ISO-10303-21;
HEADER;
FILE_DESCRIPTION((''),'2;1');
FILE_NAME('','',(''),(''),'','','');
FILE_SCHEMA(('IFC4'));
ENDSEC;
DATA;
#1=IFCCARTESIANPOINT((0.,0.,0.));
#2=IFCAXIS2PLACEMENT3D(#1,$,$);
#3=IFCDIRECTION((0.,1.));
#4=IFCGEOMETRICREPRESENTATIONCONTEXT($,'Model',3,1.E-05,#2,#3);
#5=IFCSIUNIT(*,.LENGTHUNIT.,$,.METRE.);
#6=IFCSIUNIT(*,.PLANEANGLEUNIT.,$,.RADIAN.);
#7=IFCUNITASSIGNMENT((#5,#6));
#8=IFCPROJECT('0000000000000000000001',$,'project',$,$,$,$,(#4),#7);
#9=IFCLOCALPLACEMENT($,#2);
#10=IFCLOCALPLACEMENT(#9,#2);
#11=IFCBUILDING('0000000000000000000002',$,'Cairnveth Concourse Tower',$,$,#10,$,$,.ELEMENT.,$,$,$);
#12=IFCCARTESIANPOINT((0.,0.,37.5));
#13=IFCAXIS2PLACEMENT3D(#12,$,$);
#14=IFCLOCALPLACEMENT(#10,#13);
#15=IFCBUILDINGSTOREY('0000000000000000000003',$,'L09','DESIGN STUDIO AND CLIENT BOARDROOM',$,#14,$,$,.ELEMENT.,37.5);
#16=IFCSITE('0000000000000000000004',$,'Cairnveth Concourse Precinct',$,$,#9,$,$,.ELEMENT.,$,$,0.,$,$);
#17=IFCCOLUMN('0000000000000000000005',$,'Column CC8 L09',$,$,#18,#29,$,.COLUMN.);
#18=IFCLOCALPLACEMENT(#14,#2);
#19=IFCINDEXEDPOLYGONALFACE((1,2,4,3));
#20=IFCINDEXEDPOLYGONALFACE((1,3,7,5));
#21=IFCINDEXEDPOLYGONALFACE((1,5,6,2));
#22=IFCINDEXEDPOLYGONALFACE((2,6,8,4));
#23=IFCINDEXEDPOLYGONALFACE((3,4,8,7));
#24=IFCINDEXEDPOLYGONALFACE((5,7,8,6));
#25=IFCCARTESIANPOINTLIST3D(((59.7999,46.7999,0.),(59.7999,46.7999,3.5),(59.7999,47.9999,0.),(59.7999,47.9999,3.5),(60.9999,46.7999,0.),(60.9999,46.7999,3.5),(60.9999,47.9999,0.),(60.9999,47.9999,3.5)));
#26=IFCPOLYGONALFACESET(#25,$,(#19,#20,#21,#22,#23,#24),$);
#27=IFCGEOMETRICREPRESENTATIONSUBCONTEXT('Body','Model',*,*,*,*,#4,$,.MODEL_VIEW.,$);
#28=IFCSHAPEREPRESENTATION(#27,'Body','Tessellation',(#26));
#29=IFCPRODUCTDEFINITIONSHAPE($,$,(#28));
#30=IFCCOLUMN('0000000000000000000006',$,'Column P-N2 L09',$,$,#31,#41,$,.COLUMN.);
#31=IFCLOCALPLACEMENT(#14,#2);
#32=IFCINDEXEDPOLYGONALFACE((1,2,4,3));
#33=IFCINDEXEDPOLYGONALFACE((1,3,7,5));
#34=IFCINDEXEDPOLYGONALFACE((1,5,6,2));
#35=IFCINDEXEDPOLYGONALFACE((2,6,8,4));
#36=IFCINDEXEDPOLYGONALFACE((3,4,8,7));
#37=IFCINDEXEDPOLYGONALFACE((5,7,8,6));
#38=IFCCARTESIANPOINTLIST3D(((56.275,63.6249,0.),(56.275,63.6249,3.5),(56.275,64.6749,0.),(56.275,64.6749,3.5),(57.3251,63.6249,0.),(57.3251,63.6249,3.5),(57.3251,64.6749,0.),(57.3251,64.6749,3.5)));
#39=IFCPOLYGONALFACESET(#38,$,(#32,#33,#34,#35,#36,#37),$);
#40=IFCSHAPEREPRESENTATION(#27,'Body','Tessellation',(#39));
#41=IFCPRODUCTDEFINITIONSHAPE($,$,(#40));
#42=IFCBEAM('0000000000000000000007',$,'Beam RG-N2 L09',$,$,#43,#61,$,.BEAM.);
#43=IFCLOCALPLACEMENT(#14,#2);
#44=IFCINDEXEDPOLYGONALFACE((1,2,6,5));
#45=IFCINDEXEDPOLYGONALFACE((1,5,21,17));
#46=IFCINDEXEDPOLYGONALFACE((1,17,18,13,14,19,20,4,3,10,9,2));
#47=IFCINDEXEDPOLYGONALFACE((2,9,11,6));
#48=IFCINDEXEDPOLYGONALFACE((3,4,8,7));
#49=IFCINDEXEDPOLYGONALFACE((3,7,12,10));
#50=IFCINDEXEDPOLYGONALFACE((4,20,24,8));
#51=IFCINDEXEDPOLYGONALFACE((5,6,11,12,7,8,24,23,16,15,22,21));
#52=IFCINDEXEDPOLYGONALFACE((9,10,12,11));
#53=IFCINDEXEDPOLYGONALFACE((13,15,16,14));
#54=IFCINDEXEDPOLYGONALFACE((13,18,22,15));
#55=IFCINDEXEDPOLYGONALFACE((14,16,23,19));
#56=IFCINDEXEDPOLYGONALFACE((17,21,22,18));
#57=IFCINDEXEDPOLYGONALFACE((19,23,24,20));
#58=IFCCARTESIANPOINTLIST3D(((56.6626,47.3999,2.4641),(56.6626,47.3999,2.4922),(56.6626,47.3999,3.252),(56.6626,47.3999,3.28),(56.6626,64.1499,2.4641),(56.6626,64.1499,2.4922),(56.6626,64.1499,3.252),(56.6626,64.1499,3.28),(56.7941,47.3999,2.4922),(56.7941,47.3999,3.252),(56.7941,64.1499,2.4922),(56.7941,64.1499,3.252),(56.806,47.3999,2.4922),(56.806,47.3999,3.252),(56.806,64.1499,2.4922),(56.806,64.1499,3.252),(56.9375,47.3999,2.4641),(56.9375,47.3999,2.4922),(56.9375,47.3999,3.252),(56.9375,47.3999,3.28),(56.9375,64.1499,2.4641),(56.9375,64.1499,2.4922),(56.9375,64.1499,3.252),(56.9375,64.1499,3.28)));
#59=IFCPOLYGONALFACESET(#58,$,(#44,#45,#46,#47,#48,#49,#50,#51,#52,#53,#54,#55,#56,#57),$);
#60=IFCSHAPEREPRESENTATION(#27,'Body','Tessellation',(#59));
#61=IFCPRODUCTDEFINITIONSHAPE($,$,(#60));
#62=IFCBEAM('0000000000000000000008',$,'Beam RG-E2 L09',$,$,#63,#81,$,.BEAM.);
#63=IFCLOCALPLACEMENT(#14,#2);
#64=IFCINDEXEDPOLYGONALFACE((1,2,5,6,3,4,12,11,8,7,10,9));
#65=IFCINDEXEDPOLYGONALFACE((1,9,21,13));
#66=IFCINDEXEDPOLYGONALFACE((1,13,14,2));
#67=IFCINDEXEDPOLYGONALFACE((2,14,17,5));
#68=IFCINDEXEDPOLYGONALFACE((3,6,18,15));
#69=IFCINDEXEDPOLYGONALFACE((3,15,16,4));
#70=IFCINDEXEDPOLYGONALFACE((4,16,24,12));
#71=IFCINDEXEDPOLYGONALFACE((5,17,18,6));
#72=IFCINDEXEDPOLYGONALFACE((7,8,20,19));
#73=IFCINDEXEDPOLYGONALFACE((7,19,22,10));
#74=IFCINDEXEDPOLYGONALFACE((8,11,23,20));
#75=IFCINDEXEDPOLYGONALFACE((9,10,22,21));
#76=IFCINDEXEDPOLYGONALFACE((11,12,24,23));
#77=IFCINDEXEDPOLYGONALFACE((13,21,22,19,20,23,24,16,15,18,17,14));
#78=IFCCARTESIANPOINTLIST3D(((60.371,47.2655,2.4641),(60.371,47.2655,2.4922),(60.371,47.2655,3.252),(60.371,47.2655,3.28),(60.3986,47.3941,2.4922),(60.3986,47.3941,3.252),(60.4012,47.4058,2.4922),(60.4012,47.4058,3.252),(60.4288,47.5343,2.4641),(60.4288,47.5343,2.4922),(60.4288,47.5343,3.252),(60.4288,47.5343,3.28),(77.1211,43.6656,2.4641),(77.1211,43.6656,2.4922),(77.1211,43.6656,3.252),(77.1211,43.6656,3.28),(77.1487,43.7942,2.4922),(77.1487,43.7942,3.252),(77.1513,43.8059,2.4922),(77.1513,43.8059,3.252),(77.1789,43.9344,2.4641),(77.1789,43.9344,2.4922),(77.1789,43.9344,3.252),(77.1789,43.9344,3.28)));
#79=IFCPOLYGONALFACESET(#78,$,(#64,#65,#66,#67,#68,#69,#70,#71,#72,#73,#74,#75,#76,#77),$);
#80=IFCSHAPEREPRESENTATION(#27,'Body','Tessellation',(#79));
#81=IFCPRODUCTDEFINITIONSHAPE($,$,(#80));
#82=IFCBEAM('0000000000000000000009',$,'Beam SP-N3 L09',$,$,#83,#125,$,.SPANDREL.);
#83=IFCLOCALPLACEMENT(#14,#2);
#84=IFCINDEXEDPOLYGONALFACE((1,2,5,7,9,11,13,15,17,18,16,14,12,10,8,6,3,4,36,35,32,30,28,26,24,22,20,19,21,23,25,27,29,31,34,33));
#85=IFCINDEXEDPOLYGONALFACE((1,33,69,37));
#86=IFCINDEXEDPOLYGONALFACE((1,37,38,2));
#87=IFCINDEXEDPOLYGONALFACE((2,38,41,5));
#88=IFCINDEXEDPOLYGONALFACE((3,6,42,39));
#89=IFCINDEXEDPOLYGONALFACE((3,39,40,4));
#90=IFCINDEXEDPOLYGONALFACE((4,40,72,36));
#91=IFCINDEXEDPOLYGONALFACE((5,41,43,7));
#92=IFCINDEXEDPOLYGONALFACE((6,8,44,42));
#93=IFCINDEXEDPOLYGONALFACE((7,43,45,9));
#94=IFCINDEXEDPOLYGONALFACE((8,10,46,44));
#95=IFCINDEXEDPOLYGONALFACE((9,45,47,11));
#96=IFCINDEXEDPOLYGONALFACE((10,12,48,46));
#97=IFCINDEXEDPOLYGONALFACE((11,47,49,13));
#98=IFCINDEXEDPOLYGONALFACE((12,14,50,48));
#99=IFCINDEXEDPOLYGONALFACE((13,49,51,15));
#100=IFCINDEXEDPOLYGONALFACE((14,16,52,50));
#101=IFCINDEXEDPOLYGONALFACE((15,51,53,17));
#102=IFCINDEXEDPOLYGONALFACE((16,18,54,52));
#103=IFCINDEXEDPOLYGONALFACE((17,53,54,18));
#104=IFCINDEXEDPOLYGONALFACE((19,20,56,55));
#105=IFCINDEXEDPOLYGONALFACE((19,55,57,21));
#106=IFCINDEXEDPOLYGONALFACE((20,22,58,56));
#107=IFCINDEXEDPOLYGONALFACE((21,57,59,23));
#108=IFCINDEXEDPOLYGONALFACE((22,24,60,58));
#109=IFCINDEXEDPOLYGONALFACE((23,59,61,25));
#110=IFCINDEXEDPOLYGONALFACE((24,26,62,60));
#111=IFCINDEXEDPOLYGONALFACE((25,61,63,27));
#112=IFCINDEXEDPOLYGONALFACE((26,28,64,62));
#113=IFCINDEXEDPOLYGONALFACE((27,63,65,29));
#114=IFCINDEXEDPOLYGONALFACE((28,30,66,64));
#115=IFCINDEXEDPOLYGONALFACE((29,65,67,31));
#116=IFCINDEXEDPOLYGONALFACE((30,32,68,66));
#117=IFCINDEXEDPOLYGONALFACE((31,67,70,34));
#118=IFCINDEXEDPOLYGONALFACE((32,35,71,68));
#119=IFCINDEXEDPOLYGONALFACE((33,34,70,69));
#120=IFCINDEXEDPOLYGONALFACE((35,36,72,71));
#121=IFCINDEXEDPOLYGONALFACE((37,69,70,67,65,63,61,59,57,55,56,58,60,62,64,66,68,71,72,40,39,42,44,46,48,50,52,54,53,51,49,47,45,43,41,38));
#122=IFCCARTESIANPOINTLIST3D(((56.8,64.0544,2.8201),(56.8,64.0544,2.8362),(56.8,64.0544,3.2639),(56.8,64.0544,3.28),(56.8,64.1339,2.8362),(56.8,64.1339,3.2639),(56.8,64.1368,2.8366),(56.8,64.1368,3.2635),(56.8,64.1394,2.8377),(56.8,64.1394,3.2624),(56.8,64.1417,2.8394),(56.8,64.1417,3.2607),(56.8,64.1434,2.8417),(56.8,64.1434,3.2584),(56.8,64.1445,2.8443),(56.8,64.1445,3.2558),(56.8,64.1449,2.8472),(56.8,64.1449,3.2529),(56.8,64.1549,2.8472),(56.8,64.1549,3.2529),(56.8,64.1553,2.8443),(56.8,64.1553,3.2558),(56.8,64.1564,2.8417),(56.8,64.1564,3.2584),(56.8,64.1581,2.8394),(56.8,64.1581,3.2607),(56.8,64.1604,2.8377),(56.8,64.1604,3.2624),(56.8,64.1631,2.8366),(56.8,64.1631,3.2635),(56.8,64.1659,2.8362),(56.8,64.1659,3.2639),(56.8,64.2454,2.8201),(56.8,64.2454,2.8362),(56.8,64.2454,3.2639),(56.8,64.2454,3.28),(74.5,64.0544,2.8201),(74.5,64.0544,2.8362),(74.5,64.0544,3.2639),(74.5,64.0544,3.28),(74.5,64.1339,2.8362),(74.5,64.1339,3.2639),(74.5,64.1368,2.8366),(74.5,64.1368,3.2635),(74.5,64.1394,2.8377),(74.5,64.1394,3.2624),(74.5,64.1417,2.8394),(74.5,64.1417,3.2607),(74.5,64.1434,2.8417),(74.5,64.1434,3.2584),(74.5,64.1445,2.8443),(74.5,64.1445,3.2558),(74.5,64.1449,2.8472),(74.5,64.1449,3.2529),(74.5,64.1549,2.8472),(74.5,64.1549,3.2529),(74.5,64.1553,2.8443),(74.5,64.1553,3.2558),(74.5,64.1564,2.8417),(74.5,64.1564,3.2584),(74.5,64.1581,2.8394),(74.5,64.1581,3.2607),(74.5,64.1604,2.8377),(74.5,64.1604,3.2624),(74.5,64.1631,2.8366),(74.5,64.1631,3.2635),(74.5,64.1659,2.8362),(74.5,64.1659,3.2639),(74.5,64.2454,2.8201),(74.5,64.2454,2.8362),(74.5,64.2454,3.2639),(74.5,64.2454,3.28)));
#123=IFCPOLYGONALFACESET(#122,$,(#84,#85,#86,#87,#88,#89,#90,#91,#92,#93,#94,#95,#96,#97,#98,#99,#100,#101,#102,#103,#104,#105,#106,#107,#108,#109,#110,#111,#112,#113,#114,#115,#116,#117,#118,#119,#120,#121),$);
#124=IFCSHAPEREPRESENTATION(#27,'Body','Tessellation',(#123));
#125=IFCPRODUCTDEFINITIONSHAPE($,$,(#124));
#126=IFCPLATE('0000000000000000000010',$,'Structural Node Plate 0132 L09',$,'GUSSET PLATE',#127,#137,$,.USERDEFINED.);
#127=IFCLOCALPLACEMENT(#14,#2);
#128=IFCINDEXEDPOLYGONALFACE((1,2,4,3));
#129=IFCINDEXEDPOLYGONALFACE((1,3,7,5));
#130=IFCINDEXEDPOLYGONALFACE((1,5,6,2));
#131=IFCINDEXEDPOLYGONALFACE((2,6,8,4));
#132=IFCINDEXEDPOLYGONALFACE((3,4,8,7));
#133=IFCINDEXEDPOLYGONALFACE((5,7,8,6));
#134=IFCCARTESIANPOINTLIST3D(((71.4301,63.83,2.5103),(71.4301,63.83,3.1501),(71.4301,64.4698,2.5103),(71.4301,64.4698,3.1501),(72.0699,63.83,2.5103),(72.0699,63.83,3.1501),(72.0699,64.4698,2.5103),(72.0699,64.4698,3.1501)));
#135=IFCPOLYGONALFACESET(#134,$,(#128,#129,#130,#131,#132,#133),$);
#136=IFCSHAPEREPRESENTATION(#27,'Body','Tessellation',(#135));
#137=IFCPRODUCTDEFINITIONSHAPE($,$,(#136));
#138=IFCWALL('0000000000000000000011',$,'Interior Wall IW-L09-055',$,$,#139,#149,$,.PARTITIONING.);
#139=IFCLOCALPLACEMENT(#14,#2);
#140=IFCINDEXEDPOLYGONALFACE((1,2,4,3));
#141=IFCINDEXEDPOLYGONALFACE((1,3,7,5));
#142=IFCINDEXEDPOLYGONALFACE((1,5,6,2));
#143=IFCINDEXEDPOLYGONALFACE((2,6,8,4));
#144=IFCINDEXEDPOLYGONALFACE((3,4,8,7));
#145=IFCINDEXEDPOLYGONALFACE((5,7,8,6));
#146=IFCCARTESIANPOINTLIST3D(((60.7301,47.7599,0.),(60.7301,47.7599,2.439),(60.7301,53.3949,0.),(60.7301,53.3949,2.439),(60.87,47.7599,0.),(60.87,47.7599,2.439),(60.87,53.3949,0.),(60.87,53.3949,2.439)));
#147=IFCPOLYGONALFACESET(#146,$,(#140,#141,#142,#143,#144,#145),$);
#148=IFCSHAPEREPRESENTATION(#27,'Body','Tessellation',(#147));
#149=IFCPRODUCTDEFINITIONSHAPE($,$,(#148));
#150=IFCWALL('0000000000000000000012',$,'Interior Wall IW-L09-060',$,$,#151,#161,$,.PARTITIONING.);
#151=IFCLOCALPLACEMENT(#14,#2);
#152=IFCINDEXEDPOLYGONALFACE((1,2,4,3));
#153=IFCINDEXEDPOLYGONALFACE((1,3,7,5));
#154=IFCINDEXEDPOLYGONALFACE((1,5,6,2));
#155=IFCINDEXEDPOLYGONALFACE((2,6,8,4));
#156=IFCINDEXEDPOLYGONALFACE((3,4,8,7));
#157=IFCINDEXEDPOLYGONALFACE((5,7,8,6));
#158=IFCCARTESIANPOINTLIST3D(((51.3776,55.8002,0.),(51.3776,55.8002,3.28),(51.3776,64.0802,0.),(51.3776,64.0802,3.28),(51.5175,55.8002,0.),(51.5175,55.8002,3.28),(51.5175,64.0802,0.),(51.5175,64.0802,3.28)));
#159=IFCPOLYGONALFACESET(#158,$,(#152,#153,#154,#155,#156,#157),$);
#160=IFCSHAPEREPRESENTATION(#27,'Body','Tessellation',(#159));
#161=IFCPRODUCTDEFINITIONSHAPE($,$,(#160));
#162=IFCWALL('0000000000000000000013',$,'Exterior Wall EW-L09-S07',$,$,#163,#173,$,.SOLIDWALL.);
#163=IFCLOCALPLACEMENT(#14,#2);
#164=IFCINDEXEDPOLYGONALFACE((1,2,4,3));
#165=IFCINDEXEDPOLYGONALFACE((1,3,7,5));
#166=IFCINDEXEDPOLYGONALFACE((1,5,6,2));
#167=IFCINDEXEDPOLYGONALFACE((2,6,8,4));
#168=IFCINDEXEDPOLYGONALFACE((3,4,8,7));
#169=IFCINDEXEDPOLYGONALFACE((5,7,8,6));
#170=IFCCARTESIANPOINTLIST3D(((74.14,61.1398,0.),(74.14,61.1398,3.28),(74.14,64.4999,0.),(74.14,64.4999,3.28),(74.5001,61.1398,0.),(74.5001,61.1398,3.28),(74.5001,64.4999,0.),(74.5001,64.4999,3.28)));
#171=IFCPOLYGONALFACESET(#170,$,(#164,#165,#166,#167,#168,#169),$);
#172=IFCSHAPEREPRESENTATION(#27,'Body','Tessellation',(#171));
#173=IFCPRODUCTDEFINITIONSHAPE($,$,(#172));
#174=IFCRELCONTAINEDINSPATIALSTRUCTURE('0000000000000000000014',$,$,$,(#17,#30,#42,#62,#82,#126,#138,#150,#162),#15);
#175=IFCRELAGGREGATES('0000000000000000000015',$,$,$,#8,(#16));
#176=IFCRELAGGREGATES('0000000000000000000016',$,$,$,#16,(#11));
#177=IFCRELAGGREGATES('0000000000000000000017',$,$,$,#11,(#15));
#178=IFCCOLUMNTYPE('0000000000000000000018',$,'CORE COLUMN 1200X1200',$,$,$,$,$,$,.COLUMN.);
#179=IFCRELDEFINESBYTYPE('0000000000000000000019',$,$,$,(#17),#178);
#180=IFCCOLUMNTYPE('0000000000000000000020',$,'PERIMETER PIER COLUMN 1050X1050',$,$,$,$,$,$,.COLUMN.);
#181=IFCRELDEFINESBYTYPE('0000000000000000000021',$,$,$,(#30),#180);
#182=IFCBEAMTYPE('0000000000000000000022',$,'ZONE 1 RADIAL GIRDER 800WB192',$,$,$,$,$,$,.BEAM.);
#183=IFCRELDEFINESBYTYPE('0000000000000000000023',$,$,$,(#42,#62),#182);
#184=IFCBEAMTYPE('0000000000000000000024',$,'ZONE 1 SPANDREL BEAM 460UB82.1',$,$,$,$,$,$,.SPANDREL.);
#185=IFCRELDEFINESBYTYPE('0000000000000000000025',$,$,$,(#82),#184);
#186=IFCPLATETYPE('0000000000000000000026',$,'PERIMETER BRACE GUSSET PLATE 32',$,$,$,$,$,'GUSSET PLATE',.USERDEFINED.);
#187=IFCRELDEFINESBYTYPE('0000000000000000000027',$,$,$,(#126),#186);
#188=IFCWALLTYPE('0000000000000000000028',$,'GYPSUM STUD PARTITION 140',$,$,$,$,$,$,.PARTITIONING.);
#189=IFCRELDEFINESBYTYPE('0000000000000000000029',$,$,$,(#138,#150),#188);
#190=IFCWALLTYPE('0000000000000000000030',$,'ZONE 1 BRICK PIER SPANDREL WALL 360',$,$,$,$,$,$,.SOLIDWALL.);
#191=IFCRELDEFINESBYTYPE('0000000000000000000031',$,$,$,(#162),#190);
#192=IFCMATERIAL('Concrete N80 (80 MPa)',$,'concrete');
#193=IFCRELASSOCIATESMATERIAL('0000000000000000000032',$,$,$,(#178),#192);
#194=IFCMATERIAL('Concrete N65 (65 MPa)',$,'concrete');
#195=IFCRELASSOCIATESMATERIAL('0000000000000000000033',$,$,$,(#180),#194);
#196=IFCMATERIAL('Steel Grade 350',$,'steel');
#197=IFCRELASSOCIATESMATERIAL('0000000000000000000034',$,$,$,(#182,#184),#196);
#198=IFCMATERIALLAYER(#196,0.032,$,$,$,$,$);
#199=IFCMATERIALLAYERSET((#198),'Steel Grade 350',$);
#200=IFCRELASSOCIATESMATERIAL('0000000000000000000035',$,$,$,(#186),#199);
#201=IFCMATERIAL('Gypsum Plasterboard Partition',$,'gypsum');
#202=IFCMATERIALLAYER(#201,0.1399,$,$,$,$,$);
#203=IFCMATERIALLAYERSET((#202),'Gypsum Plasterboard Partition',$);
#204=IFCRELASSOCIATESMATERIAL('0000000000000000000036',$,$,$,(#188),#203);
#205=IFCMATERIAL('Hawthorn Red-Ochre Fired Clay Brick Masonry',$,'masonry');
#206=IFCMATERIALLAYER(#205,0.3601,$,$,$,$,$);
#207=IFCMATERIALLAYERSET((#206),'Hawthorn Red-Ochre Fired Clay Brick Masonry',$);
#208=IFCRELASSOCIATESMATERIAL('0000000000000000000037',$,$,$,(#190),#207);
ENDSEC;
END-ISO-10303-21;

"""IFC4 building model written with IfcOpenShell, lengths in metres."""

from ifc_helpers import new_model, si_unit, direction, frame, frame_2d, origin, origin_2d, place, context, subcontext, project, spatial, rectangle, i_section, extrude, material, layer, layer_set, material_profile, profile_set, type_object, element, save


model = new_model("IFC4")

# Units and contexts
model_context = context("Model", 3, precision=1e-05, world=origin(), true_north=direction((0.0, 1.0)))
body_context = subcontext(model_context, "Body", "Model", "MODEL_VIEW")
ifc_project = project(units=[si_unit("LENGTHUNIT", "METRE"), si_unit("PLANEANGLEUNIT", "RADIAN")], contexts=[model_context])

# Site, building, storey
site_placement = place(None, origin())
site = spatial("IfcSite", under=ifc_project, at=site_placement, Name="Cairnveth Concourse Precinct", CompositionType="ELEMENT", RefElevation=0.0)
building_placement = place(site_placement, origin())
building = spatial("IfcBuilding", under=site, at=building_placement, Name="Cairnveth Concourse Tower", CompositionType="ELEMENT")
storey_placement = place(building_placement, frame((0.0, 0.0, 37.5)))
storey = spatial("IfcBuildingStorey", under=building, at=storey_placement, Name="L09", Description="DESIGN STUDIO AND CLIENT BOARDROOM", CompositionType="ELEMENT", Elevation=37.5)

# Columns
ifc_material_1 = material(Name="Concrete N80 (80 MPa)", Category="concrete")
ifc_material_profile_1 = material_profile(ifc_material_1, rectangle(XDim=1.2, YDim=1.2, at=origin_2d()), Name="RC-COL-1200x1200")
ifc_profile_set_1 = profile_set([ifc_material_profile_1], Name="Concrete N80 (80 MPa)")
column_type_1 = type_object("IfcColumnType", Name="CORE COLUMN 1200X1200", PredefinedType="COLUMN", material=ifc_profile_set_1)
column_1_placement = place(storey_placement, frame((60.3999, 47.3999, 0.0), z_axis=(0.0, 0.0, 1.0), x_axis=(1.0, 0.0, 0.0)))
element("IfcColumn", 1, at=column_1_placement, inside=storey, type_object=column_type_1, Name="Column CC8 L09", PredefinedType="COLUMN", context=body_context, shape_type="SweptSolid", body=[
    extrude(rectangle(XDim=1.2, YDim=1.2, at=origin_2d()), origin(), (0.0, 0.0, 1.0), 3.5),
])
ifc_material_2 = material(Name="Concrete N65 (65 MPa)", Category="concrete")
ifc_material_profile_2 = material_profile(ifc_material_2, rectangle(XDim=1.05, YDim=1.05, at=origin_2d()), Name="RC-COL-1050x1050")
ifc_profile_set_2 = profile_set([ifc_material_profile_2], Name="Concrete N65 (65 MPa)")
column_type_2 = type_object("IfcColumnType", Name="PERIMETER PIER COLUMN 1050X1050", PredefinedType="COLUMN", material=ifc_profile_set_2)
column_2_placement = place(storey_placement, frame((56.8, 64.1499, 0.0), z_axis=(0.0, 0.0, 1.0), x_axis=(1.0, 0.0, 0.0)))
element("IfcColumn", 2, at=column_2_placement, inside=storey, type_object=column_type_2, Name="Column P-N2 L09", PredefinedType="COLUMN", context=body_context, shape_type="SweptSolid", body=[
    extrude(rectangle(XDim=1.05, YDim=1.05, at=origin_2d()), origin(), (0.0, 0.0, 1.0), 3.5),
])

# Beams
ifc_material_3 = material(Name="Steel Grade 350", Category="steel")
ifc_material_profile_3 = material_profile(ifc_material_3, i_section(OverallWidth=0.2749, OverallDepth=0.8159, WebThickness=0.012, FlangeThickness=0.0281, at=origin_2d()), Name="800WB192")
ifc_profile_set_3 = profile_set([ifc_material_profile_3], Name="Steel Grade 350")
beam_type_1 = type_object("IfcBeamType", Name="ZONE 1 RADIAL GIRDER 800WB192", PredefinedType="BEAM", material=ifc_profile_set_3)
beam_1_placement = place(storey_placement, frame((56.8, 47.3999, 2.8721), z_axis=(0.0, 1.0, 0.0), x_axis=(-1.0, 0.0, 0.0)))
element("IfcBeam", 3, at=beam_1_placement, inside=storey, type_object=beam_type_1, Name="Beam RG-N2 L09", PredefinedType="BEAM", context=body_context, shape_type="SweptSolid", body=[
    extrude(i_section(OverallWidth=0.2749, OverallDepth=0.8159, WebThickness=0.012, FlangeThickness=0.0281, at=origin_2d()), origin(), (0.0, 0.0, 1.0), 16.75),
])
beam_2_placement = place(storey_placement, frame((60.3999, 47.3999, 2.8721), z_axis=(0.977676, -0.210119, 0.0), x_axis=(0.210119, 0.977676, 0.0)))
element("IfcBeam", 4, at=beam_2_placement, inside=storey, type_object=beam_type_1, Name="Beam RG-E2 L09", PredefinedType="BEAM", context=body_context, shape_type="SweptSolid", body=[
    extrude(i_section(OverallWidth=0.2749, OverallDepth=0.8159, WebThickness=0.012, FlangeThickness=0.0281, at=origin_2d()), origin(), (0.0, 0.0, 1.0), 17.1326),
])
ifc_material_profile_4 = material_profile(ifc_material_3, i_section(OverallWidth=0.1909, OverallDepth=0.46, WebThickness=0.01, FlangeThickness=0.0161, FilletRadius=0.011, at=origin_2d()), Name="460UB82.1")
ifc_profile_set_4 = profile_set([ifc_material_profile_4], Name="Steel Grade 350")
beam_type_2 = type_object("IfcBeamType", Name="ZONE 1 SPANDREL BEAM 460UB82.1", PredefinedType="SPANDREL", material=ifc_profile_set_4)
beam_3_placement = place(storey_placement, frame((56.8, 64.1499, 3.05), z_axis=(1.0, 0.0, 0.0), x_axis=(0.0, 1.0, 0.0)))
element("IfcBeam", 5, at=beam_3_placement, inside=storey, type_object=beam_type_2, Name="Beam SP-N3 L09", PredefinedType="SPANDREL", context=body_context, shape_type="SweptSolid", body=[
    extrude(i_section(OverallWidth=0.1909, OverallDepth=0.46, WebThickness=0.01, FlangeThickness=0.0161, FilletRadius=0.011, at=origin_2d()), origin(), (0.0, 0.0, 1.0), 17.7),
])

# Plate
ifc_layer_1 = layer(ifc_material_3, 0.032)
ifc_layer_set_1 = layer_set([ifc_layer_1], Name="Steel Grade 350")
plate_type = type_object("IfcPlateType", Name="PERIMETER BRACE GUSSET PLATE 32", ElementType="GUSSET PLATE", PredefinedType="USERDEFINED", material=ifc_layer_set_1)
plate_placement = place(storey_placement, frame((71.75, 64.1499, 2.5103), z_axis=(0.0, 0.0, 1.0), x_axis=(1.0, 0.0, 0.0)))
element("IfcPlate", 6, at=plate_placement, inside=storey, type_object=plate_type, Name="Structural Node Plate 0132 L09", ObjectType="GUSSET PLATE", PredefinedType="USERDEFINED", context=body_context, shape_type="SweptSolid", body=[
    extrude(rectangle(XDim=0.6399, YDim=0.6399, at=origin_2d()), origin(), (0.0, 0.0, 1.0), 0.6399),
])

# Walls
ifc_material_4 = material(Name="Gypsum Plasterboard Partition", Category="gypsum")
ifc_layer_2 = layer(ifc_material_4, 0.1399)
ifc_layer_set_2 = layer_set([ifc_layer_2], Name="Gypsum Plasterboard Partition")
wall_type_1 = type_object("IfcWallType", Name="GYPSUM STUD PARTITION 140", PredefinedType="PARTITIONING", material=ifc_layer_set_2)
wall_1_placement = place(storey_placement, frame((60.8, 47.76, 0.0), z_axis=(0.0, 0.0, 1.0), x_axis=(0.0, 1.0, 0.0)))
element("IfcWall", 7, at=wall_1_placement, inside=storey, type_object=wall_type_1, Name="Interior Wall IW-L09-055", PredefinedType="PARTITIONING", context=body_context, shape_type="SweptSolid", body=[
    extrude(rectangle(XDim=5.635, YDim=0.1399, at=frame_2d((2.8174, 0.0))), origin(), (0.0, 0.0, 1.0), 2.439),
])
wall_2_placement = place(storey_placement, frame((51.4475, 55.8, 0.0), z_axis=(0.0, 0.0, 1.0), x_axis=(0.0, 1.0, 0.0)))
element("IfcWall", 8, at=wall_2_placement, inside=storey, type_object=wall_type_1, Name="Interior Wall IW-L09-060", PredefinedType="PARTITIONING", context=body_context, shape_type="SweptSolid", body=[
    extrude(rectangle(XDim=8.28, YDim=0.1399, at=frame_2d((4.1401, 0.0))), origin(), (0.0, 0.0, 1.0), 3.28),
])
ifc_material_5 = material(Name="Hawthorn Red-Ochre Fired Clay Brick Masonry", Category="masonry")
ifc_layer_3 = layer(ifc_material_5, 0.3601)
ifc_layer_set_3 = layer_set([ifc_layer_3], Name="Hawthorn Red-Ochre Fired Clay Brick Masonry")
wall_type_2 = type_object("IfcWallType", Name="ZONE 1 BRICK PIER SPANDREL WALL 360", PredefinedType="SOLIDWALL", material=ifc_layer_set_3)
wall_3_placement = place(storey_placement, frame((74.3201, 64.5, 0.0), z_axis=(0.0, 0.0, 1.0), x_axis=(0.0, -1.0, 0.0)))
element("IfcWall", 9, at=wall_3_placement, inside=storey, type_object=wall_type_2, Name="Exterior Wall EW-L09-S07", PredefinedType="SOLIDWALL", context=body_context, shape_type="SweptSolid", body=[
    extrude(rectangle(XDim=3.3601, YDim=0.3601, at=frame_2d((1.6802, 0.0))), origin(), (0.0, 0.0, 1.0), 3.28),
])

save(model, "model.ifc")
